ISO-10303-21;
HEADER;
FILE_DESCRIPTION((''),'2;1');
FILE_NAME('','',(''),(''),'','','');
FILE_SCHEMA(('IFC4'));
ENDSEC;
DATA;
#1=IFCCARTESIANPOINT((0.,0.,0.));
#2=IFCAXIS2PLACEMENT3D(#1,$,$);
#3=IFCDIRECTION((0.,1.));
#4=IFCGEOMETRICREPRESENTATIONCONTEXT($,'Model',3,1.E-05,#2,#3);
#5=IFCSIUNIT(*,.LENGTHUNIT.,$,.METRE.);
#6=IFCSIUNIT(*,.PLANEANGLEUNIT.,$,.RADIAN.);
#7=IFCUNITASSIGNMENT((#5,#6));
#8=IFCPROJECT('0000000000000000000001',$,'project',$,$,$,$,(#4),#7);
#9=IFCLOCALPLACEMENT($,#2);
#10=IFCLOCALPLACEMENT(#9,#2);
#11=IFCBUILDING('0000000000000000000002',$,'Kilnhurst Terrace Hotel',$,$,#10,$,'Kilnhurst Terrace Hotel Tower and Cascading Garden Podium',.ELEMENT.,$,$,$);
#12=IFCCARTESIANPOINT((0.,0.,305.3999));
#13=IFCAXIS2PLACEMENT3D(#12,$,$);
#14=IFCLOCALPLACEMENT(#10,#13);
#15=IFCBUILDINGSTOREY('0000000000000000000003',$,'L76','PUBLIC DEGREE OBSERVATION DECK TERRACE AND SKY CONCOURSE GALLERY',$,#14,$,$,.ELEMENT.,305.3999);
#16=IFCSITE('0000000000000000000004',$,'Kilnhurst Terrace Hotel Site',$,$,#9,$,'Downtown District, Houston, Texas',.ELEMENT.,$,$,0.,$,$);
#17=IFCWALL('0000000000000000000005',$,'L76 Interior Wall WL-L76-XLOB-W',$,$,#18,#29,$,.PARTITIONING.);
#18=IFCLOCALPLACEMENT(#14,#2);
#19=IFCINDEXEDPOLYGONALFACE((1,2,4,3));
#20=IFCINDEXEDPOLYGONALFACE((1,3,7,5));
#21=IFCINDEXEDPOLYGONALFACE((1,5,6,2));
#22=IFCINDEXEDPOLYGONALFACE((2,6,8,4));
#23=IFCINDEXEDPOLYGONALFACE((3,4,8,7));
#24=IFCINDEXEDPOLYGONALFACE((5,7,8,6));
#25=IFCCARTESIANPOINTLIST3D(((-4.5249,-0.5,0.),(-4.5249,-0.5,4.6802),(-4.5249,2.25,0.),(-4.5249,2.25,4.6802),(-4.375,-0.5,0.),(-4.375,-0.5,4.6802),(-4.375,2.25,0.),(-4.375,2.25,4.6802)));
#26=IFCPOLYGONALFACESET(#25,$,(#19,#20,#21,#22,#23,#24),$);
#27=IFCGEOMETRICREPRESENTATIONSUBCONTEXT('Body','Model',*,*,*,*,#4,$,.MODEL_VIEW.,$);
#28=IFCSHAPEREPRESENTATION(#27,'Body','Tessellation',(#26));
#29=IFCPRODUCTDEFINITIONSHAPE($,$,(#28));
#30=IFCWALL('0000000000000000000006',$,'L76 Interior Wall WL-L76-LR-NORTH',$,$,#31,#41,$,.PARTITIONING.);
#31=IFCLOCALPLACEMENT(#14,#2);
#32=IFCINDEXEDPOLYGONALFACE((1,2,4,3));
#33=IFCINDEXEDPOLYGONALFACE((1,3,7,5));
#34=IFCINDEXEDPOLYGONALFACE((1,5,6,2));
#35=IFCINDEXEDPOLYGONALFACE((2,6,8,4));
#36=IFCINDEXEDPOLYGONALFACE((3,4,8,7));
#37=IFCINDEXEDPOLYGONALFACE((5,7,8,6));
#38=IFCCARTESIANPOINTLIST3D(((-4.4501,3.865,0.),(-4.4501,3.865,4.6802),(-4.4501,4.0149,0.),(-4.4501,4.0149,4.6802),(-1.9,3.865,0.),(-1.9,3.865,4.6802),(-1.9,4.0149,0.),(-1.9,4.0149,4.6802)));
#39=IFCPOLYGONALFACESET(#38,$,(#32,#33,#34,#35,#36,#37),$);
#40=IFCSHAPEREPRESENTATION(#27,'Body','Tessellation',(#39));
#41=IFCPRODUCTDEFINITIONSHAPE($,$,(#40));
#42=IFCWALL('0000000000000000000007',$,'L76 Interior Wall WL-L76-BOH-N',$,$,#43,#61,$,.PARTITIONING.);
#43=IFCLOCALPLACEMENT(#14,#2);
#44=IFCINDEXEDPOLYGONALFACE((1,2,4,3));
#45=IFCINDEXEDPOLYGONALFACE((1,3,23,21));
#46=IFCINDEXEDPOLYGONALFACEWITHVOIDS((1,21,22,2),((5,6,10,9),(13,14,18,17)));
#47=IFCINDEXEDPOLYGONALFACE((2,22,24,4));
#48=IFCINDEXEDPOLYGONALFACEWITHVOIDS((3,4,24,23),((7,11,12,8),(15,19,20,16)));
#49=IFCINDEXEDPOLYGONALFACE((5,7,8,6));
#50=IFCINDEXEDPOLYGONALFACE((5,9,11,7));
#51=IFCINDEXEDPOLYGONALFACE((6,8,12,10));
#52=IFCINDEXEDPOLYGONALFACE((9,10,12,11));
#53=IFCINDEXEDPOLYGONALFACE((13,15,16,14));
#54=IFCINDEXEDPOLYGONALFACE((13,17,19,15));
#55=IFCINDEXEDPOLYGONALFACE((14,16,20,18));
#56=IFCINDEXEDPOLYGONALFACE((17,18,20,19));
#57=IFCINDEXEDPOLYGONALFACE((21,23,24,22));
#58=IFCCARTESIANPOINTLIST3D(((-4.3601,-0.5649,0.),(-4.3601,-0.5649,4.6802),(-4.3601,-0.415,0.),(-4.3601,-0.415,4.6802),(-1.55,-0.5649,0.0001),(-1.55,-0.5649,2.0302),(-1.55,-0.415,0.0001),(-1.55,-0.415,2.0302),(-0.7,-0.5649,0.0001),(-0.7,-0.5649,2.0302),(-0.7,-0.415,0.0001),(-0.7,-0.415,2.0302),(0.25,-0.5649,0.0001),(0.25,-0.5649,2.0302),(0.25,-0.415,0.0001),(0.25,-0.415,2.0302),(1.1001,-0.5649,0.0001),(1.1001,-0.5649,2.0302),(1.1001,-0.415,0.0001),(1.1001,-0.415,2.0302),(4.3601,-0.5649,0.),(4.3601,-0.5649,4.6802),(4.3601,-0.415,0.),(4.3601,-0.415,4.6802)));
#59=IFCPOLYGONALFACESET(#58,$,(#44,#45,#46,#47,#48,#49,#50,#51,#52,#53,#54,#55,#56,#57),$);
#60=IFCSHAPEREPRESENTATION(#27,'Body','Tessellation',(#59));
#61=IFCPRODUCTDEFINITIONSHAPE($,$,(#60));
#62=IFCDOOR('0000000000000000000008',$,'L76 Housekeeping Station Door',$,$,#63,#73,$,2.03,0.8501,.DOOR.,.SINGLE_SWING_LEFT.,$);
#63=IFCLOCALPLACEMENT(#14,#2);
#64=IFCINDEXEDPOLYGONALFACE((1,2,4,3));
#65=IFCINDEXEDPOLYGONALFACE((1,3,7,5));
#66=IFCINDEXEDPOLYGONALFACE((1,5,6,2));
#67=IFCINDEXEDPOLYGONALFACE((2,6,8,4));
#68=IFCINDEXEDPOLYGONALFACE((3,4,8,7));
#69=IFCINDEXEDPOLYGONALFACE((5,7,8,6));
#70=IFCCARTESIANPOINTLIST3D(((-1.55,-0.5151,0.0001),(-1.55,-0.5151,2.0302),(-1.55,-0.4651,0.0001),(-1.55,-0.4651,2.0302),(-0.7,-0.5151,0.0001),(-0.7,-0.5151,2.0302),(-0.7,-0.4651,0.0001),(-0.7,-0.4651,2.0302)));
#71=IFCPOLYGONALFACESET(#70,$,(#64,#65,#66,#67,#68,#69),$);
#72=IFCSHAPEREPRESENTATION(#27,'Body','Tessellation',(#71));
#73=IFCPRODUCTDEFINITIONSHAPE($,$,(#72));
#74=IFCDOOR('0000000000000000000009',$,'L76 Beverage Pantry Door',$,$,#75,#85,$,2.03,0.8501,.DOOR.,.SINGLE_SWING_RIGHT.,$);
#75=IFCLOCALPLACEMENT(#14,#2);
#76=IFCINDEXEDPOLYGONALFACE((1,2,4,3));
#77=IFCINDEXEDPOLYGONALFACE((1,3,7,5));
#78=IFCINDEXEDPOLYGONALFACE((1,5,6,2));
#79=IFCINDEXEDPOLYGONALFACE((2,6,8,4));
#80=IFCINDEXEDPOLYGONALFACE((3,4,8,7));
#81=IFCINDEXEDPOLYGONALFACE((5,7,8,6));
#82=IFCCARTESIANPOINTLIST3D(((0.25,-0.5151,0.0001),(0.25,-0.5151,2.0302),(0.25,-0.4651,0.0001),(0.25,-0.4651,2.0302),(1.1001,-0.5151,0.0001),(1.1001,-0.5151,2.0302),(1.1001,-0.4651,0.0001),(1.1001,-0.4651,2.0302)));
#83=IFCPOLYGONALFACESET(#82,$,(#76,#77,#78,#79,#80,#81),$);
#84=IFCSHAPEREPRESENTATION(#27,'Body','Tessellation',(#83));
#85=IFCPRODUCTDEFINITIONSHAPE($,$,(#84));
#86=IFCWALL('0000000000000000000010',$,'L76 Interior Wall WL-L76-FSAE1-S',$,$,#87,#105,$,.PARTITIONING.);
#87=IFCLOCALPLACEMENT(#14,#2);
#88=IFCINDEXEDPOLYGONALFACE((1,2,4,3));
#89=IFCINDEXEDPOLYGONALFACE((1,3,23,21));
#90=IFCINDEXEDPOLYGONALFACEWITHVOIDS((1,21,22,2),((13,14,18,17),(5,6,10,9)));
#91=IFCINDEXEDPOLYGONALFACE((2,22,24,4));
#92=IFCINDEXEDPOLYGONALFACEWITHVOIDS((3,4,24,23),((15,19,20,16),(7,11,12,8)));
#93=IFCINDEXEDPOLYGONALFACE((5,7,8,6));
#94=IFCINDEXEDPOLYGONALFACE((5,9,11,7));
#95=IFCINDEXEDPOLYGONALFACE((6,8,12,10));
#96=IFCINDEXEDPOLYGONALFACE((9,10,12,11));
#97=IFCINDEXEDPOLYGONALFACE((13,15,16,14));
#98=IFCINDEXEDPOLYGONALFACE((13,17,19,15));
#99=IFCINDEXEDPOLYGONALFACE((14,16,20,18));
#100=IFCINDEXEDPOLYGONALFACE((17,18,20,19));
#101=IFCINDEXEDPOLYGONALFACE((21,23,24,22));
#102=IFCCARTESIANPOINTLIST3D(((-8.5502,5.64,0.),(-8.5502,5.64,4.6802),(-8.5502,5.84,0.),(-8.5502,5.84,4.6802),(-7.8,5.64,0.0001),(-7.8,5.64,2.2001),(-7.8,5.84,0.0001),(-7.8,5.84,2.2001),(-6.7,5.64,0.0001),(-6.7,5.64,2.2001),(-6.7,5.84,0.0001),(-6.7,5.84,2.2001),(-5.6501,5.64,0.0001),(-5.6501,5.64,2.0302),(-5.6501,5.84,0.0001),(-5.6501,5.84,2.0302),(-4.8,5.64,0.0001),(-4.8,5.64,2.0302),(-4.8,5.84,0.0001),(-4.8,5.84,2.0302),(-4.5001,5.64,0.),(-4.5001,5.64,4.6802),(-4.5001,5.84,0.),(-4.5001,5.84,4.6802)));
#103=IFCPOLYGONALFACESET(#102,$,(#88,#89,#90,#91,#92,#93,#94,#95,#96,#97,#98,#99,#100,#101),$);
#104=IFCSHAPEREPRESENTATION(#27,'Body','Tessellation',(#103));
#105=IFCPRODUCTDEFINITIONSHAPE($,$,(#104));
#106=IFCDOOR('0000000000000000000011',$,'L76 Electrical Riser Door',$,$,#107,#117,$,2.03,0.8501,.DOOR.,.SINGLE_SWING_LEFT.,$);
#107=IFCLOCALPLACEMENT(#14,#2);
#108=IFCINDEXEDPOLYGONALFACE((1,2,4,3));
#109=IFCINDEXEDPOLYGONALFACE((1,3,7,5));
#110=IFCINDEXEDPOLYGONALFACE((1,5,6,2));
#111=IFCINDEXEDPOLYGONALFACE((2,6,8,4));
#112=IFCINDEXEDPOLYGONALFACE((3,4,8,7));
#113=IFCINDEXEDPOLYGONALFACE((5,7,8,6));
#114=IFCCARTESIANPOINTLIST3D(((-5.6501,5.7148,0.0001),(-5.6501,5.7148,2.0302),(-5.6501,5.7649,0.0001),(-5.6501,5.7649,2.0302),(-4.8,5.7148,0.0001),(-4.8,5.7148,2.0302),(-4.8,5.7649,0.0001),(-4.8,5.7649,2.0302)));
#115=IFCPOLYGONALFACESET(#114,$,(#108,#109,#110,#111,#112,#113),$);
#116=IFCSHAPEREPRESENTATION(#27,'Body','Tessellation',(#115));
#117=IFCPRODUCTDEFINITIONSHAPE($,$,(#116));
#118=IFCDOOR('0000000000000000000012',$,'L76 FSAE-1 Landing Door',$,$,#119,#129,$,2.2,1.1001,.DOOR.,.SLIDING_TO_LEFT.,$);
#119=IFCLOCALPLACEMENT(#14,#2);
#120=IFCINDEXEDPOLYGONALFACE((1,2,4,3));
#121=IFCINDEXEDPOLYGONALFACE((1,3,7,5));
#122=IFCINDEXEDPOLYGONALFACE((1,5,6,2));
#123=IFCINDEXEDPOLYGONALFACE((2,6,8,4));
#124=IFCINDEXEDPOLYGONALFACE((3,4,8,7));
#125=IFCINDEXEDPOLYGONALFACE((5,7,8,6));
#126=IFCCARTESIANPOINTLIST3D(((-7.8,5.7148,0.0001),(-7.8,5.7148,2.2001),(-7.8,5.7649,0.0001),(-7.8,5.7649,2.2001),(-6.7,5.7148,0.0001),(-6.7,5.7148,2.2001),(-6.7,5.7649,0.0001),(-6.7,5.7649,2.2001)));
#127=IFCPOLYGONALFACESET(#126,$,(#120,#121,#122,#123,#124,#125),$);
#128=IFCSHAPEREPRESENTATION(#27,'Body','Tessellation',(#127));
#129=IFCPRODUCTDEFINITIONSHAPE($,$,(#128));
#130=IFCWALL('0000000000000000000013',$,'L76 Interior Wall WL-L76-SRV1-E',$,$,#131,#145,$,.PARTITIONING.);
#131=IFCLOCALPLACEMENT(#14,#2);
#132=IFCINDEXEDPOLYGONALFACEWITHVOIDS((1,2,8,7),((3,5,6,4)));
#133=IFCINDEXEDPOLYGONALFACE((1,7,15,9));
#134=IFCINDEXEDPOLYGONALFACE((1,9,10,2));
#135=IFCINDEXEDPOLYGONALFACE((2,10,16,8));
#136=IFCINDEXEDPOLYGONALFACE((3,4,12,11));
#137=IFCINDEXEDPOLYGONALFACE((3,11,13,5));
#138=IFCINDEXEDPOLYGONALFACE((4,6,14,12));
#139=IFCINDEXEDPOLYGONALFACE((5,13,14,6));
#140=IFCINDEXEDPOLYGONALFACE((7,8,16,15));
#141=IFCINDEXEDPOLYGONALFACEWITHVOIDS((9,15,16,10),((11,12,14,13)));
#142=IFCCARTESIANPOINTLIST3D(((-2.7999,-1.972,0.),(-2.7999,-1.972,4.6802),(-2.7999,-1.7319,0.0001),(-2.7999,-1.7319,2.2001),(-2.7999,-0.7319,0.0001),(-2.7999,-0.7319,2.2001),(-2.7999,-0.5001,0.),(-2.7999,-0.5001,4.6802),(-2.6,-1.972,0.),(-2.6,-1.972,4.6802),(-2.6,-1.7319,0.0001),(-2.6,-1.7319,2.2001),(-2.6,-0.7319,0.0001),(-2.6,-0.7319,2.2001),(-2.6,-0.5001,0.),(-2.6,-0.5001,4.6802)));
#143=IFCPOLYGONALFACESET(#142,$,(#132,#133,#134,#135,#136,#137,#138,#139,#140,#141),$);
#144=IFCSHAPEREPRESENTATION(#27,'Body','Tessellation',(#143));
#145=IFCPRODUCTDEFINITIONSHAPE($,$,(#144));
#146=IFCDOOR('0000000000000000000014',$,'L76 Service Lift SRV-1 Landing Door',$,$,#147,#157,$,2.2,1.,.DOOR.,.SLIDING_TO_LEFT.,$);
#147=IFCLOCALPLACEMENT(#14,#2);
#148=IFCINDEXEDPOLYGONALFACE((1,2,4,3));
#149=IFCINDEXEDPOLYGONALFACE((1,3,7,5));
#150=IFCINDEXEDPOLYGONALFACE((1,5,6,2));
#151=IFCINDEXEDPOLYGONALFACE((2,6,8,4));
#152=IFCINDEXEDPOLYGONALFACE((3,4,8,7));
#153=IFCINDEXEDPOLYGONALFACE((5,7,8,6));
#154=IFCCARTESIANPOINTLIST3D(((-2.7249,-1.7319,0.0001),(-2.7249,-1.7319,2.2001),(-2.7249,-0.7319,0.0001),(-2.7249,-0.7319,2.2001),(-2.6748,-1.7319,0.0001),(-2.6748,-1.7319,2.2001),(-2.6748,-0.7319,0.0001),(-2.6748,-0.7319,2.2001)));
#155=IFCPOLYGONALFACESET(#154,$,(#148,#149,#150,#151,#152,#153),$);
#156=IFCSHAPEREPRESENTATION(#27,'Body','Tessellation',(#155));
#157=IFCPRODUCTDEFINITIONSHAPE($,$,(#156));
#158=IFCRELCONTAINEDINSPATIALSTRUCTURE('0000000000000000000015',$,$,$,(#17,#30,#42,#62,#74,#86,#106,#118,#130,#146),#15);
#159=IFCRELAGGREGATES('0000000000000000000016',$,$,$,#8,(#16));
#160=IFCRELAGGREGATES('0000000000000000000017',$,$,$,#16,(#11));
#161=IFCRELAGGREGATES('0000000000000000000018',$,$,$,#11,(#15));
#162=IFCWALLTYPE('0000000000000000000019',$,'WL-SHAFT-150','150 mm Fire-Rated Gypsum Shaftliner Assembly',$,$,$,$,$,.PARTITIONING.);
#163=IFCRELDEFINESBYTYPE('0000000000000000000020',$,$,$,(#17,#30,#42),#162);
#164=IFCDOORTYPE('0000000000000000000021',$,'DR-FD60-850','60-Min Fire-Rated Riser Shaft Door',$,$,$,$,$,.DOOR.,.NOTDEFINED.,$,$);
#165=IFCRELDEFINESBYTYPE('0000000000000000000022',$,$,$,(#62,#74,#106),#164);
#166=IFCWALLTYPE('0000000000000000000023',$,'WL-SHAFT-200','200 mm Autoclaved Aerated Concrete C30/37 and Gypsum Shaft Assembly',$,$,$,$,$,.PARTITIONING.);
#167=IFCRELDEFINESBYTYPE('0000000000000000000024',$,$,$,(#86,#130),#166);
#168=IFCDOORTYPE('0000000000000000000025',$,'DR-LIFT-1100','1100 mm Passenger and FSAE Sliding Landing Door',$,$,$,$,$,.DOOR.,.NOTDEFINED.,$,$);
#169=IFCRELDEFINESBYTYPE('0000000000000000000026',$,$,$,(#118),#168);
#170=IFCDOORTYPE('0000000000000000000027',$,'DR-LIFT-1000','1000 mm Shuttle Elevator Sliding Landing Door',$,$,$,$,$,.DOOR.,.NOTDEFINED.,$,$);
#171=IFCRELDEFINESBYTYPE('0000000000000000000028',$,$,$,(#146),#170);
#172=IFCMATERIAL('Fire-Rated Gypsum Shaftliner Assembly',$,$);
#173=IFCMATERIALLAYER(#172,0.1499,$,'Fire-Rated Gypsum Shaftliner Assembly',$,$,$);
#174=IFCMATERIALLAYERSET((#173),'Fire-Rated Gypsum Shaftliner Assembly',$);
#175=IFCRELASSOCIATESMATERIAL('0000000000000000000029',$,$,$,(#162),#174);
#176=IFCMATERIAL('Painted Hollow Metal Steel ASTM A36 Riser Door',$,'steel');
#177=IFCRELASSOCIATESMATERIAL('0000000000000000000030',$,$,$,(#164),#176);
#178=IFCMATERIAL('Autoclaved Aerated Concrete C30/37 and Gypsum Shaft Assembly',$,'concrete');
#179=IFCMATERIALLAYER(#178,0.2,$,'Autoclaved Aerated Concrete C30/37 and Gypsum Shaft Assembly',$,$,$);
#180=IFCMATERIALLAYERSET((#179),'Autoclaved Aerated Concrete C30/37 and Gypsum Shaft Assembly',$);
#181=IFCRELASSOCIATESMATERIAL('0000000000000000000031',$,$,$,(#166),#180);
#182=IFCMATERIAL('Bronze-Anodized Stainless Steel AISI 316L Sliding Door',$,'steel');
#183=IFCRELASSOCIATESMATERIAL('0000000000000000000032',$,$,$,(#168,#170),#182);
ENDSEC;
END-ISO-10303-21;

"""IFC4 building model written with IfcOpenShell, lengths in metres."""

from ifc_helpers import new_model, si_unit, direction, frame, frame_2d, origin, place, context, subcontext, project, spatial, rectangle, extrude, material, layer, layer_set, type_object, element, fill, save


model = new_model("IFC4")

# Units and contexts
model_context = context("Model", 3, precision=1e-05, world=origin(), true_north=direction((0.0, 1.0)))
body_context = subcontext(model_context, "Body", "Model", "MODEL_VIEW")
ifc_project = project(units=[si_unit("LENGTHUNIT", "METRE"), si_unit("PLANEANGLEUNIT", "RADIAN")], contexts=[model_context])

# Site, building, storey
site_placement = place(None, origin())
site = spatial("IfcSite", under=ifc_project, at=site_placement, Name="Kilnhurst Terrace Hotel Site", LongName="Downtown District, Houston, Texas", CompositionType="ELEMENT", RefElevation=0.0)
building_placement = place(site_placement, origin())
building = spatial("IfcBuilding", under=site, at=building_placement, Name="Kilnhurst Terrace Hotel", LongName="Kilnhurst Terrace Hotel Tower and Cascading Garden Podium", CompositionType="ELEMENT")
storey_placement = place(building_placement, frame((0.0, 0.0, 305.3999)))
storey = spatial("IfcBuildingStorey", under=building, at=storey_placement, Name="L76", Description="PUBLIC DEGREE OBSERVATION DECK TERRACE AND SKY CONCOURSE GALLERY", CompositionType="ELEMENT", Elevation=305.3999)

# Walls
ifc_material_1 = material(Name="Fire-Rated Gypsum Shaftliner Assembly")
ifc_layer_1 = layer(ifc_material_1, 0.1499, Name="Fire-Rated Gypsum Shaftliner Assembly")
ifc_layer_set_1 = layer_set([ifc_layer_1], Name="Fire-Rated Gypsum Shaftliner Assembly")
wall_type_1 = type_object("IfcWallType", Name="WL-SHAFT-150", Description="150 mm Fire-Rated Gypsum Shaftliner Assembly", PredefinedType="PARTITIONING", material=ifc_layer_set_1)
wall_1_placement = place(storey_placement, frame((-4.45, -0.5, 0.0), z_axis=(0.0, 0.0, 1.0), x_axis=(0.0, 1.0, 0.0)))
element("IfcWall", 1, at=wall_1_placement, inside=storey, type_object=wall_type_1, Name="L76 Interior Wall WL-L76-XLOB-W", PredefinedType="PARTITIONING", context=body_context, shape_type="SweptSolid", body=[
    extrude(rectangle(XDim=2.75, YDim=0.1499, at=frame_2d((1.375, 0.0))), origin(), (0.0, 0.0, 1.0), 4.6802),
])
wall_2_placement = place(storey_placement, frame((-4.45, 3.9399, 0.0), z_axis=(0.0, 0.0, 1.0), x_axis=(1.0, 0.0, 0.0)))
element("IfcWall", 2, at=wall_2_placement, inside=storey, type_object=wall_type_1, Name="L76 Interior Wall WL-L76-LR-NORTH", PredefinedType="PARTITIONING", context=body_context, shape_type="SweptSolid", body=[
    extrude(rectangle(XDim=2.55, YDim=0.1499, at=frame_2d((1.2749, 0.0))), origin(), (0.0, 0.0, 1.0), 4.6802),
])

# Walls, openings, doors
wall_3_placement = place(storey_placement, frame((-4.3601, -0.49, 0.0), z_axis=(0.0, 0.0, 1.0), x_axis=(1.0, 0.0, 0.0)))
wall_3 = element("IfcWall", 3, at=wall_3_placement, inside=storey, type_object=wall_type_1, Name="L76 Interior Wall WL-L76-BOH-N", PredefinedType="PARTITIONING", context=body_context, shape_type="SweptSolid", body=[
    extrude(rectangle(XDim=8.7202, YDim=0.1499, at=frame_2d((4.3601, 0.0))), origin(), (0.0, 0.0, 1.0), 4.6802),
])
opening_1_placement = place(wall_3_placement, frame((2.8101, 0.0, 0.0)))
opening_1 = element("IfcOpeningElement", 4, at=opening_1_placement, cuts=wall_3, PredefinedType="OPENING", context=body_context, shape_type="SweptSolid", body=[
    extrude(rectangle(XDim=0.8501, YDim=2.03, at=frame_2d((0.425, 1.0151))), frame((0.0, 0.085, 0.0), z_axis=(0.0, -1.0, 0.0), x_axis=(1.0, 0.0, 0.0)), (0.0, 0.0, 1.0), 0.1699),
])
opening_2_placement = place(wall_3_placement, frame((4.6101, 0.0, 0.0)))
opening_2 = element("IfcOpeningElement", 5, at=opening_2_placement, cuts=wall_3, PredefinedType="OPENING", context=body_context, shape_type="SweptSolid", body=[
    extrude(rectangle(XDim=0.8501, YDim=2.03, at=frame_2d((0.425, 1.0151))), frame((0.0, 0.085, 0.0), z_axis=(0.0, -1.0, 0.0), x_axis=(1.0, 0.0, 0.0)), (0.0, 0.0, 1.0), 0.1699),
])
ifc_material_2 = material(Name="Painted Hollow Metal Steel ASTM A36 Riser Door", Category="steel")
door_type_1 = type_object("IfcDoorType", Name="DR-FD60-850", Description="60-Min Fire-Rated Riser Shaft Door", OperationType="NOTDEFINED", PredefinedType="DOOR", material=ifc_material_2)
door_1_placement = place(opening_1_placement, origin())
door_1 = element("IfcDoor", 6, at=door_1_placement, inside=storey, type_object=door_type_1, Name="L76 Housekeeping Station Door", OperationType="SINGLE_SWING_LEFT", OverallHeight=2.03, OverallWidth=0.8501, PredefinedType="DOOR", context=body_context, shape_type="SweptSolid", body=[
    extrude(rectangle(XDim=0.8501, YDim=2.03, at=frame_2d((0.425, 1.0151))), frame((0.0, 0.0249, 0.0), z_axis=(0.0, -1.0, 0.0), x_axis=(1.0, 0.0, 0.0)), (0.0, 0.0, 1.0), 0.05),
])
fill(opening_1, door_1)
door_2_placement = place(opening_2_placement, origin())
door_2 = element("IfcDoor", 7, at=door_2_placement, inside=storey, type_object=door_type_1, Name="L76 Beverage Pantry Door", OperationType="SINGLE_SWING_RIGHT", OverallHeight=2.03, OverallWidth=0.8501, PredefinedType="DOOR", context=body_context, shape_type="SweptSolid", body=[
    extrude(rectangle(XDim=0.8501, YDim=2.03, at=frame_2d((0.425, 1.0151))), frame((0.0, 0.0249, 0.0), z_axis=(0.0, -1.0, 0.0), x_axis=(1.0, 0.0, 0.0)), (0.0, 0.0, 1.0), 0.05),
])
fill(opening_2, door_2)
ifc_material_3 = material(Name="Autoclaved Aerated Concrete C30/37 and Gypsum Shaft Assembly", Category="concrete")
ifc_layer_2 = layer(ifc_material_3, 0.2, Name="Autoclaved Aerated Concrete C30/37 and Gypsum Shaft Assembly")
ifc_layer_set_2 = layer_set([ifc_layer_2], Name="Autoclaved Aerated Concrete C30/37 and Gypsum Shaft Assembly")
wall_type_2 = type_object("IfcWallType", Name="WL-SHAFT-200", Description="200 mm Autoclaved Aerated Concrete C30/37 and Gypsum Shaft Assembly", PredefinedType="PARTITIONING", material=ifc_layer_set_2)
wall_4_placement = place(storey_placement, frame((-8.55, 5.74, 0.0), z_axis=(0.0, 0.0, 1.0), x_axis=(1.0, 0.0, 0.0)))
wall_4 = element("IfcWall", 8, at=wall_4_placement, inside=storey, type_object=wall_type_2, Name="L76 Interior Wall WL-L76-FSAE1-S", PredefinedType="PARTITIONING", context=body_context, shape_type="SweptSolid", body=[
    extrude(rectangle(XDim=4.05, YDim=0.2, at=frame_2d((2.0249, 0.0))), origin(), (0.0, 0.0, 1.0), 4.6802),
])
opening_3_placement = place(wall_4_placement, frame((0.75, 0.0, 0.0)))
opening_3 = element("IfcOpeningElement", 9, at=opening_3_placement, cuts=wall_4, PredefinedType="OPENING", context=body_context, shape_type="SweptSolid", body=[
    extrude(rectangle(XDim=1.1001, YDim=2.2, at=frame_2d((0.55, 1.1001))), frame((0.0, 0.1099, 0.0), z_axis=(0.0, -1.0, 0.0), x_axis=(1.0, 0.0, 0.0)), (0.0, 0.0, 1.0), 0.22),
])
opening_4_placement = place(wall_4_placement, frame((2.8999, 0.0, 0.0)))
opening_4 = element("IfcOpeningElement", 10, at=opening_4_placement, cuts=wall_4, PredefinedType="OPENING", context=body_context, shape_type="SweptSolid", body=[
    extrude(rectangle(XDim=0.8501, YDim=2.03, at=frame_2d((0.425, 1.0151))), frame((0.0, 0.1099, 0.0), z_axis=(0.0, -1.0, 0.0), x_axis=(1.0, 0.0, 0.0)), (0.0, 0.0, 1.0), 0.22),
])
door_3_placement = place(opening_4_placement, origin())
door_3 = element("IfcDoor", 11, at=door_3_placement, inside=storey, type_object=door_type_1, Name="L76 Electrical Riser Door", OperationType="SINGLE_SWING_LEFT", OverallHeight=2.03, OverallWidth=0.8501, PredefinedType="DOOR", context=body_context, shape_type="SweptSolid", body=[
    extrude(rectangle(XDim=0.8501, YDim=2.03, at=frame_2d((0.425, 1.0151))), frame((0.0, 0.0249, 0.0), z_axis=(0.0, -1.0, 0.0), x_axis=(1.0, 0.0, 0.0)), (0.0, 0.0, 1.0), 0.05),
])
fill(opening_4, door_3)
ifc_material_4 = material(Name="Bronze-Anodized Stainless Steel AISI 316L Sliding Door", Category="steel")
door_type_2 = type_object("IfcDoorType", Name="DR-LIFT-1100", Description="1100 mm Passenger and FSAE Sliding Landing Door", OperationType="NOTDEFINED", PredefinedType="DOOR", material=ifc_material_4)
door_4_placement = place(opening_3_placement, origin())
door_4 = element("IfcDoor", 12, at=door_4_placement, inside=storey, type_object=door_type_2, Name="L76 FSAE-1 Landing Door", OperationType="SLIDING_TO_LEFT", OverallHeight=2.2, OverallWidth=1.1001, PredefinedType="DOOR", context=body_context, shape_type="SweptSolid", body=[
    extrude(rectangle(XDim=1.1001, YDim=2.2, at=frame_2d((0.55, 1.1001))), frame((0.0, 0.0249, 0.0), z_axis=(0.0, -1.0, 0.0), x_axis=(1.0, 0.0, 0.0)), (0.0, 0.0, 1.0), 0.05),
])
fill(opening_3, door_4)

# Wall, opening, door
wall_5_placement = place(storey_placement, frame((-2.7, -1.9719, 0.0), z_axis=(0.0, 0.0, 1.0), x_axis=(0.0, 1.0, 0.0)))
wall_5 = element("IfcWall", 13, at=wall_5_placement, inside=storey, type_object=wall_type_2, Name="L76 Interior Wall WL-L76-SRV1-E", PredefinedType="PARTITIONING", context=body_context, shape_type="SweptSolid", body=[
    extrude(rectangle(XDim=1.4719, YDim=0.2, at=frame_2d((0.7358, 0.0))), origin(), (0.0, 0.0, 1.0), 4.6802),
])
opening_5_placement = place(wall_5_placement, frame((0.24, 0.0, 0.0)))
opening_5 = element("IfcOpeningElement", 14, at=opening_5_placement, cuts=wall_5, PredefinedType="OPENING", context=body_context, shape_type="SweptSolid", body=[
    extrude(rectangle(XDim=1.0, YDim=2.2, at=frame_2d((0.5, 1.1001))), frame((0.0, 0.1099, 0.0), z_axis=(0.0, -1.0, 0.0), x_axis=(1.0, 0.0, 0.0)), (0.0, 0.0, 1.0), 0.22),
])
door_type_3 = type_object("IfcDoorType", Name="DR-LIFT-1000", Description="1000 mm Shuttle Elevator Sliding Landing Door", OperationType="NOTDEFINED", PredefinedType="DOOR", material=ifc_material_4)
door_5_placement = place(opening_5_placement, origin())
door_5 = element("IfcDoor", 15, at=door_5_placement, inside=storey, type_object=door_type_3, Name="L76 Service Lift SRV-1 Landing Door", OperationType="SLIDING_TO_LEFT", OverallHeight=2.2, OverallWidth=1.0, PredefinedType="DOOR", context=body_context, shape_type="SweptSolid", body=[
    extrude(rectangle(XDim=1.0, YDim=2.2, at=frame_2d((0.5, 1.1001))), frame((0.0, 0.0249, 0.0), z_axis=(0.0, -1.0, 0.0), x_axis=(1.0, 0.0, 0.0)), (0.0, 0.0, 1.0), 0.05),
])
fill(opening_5, door_5)

save(model, "model.ifc")
